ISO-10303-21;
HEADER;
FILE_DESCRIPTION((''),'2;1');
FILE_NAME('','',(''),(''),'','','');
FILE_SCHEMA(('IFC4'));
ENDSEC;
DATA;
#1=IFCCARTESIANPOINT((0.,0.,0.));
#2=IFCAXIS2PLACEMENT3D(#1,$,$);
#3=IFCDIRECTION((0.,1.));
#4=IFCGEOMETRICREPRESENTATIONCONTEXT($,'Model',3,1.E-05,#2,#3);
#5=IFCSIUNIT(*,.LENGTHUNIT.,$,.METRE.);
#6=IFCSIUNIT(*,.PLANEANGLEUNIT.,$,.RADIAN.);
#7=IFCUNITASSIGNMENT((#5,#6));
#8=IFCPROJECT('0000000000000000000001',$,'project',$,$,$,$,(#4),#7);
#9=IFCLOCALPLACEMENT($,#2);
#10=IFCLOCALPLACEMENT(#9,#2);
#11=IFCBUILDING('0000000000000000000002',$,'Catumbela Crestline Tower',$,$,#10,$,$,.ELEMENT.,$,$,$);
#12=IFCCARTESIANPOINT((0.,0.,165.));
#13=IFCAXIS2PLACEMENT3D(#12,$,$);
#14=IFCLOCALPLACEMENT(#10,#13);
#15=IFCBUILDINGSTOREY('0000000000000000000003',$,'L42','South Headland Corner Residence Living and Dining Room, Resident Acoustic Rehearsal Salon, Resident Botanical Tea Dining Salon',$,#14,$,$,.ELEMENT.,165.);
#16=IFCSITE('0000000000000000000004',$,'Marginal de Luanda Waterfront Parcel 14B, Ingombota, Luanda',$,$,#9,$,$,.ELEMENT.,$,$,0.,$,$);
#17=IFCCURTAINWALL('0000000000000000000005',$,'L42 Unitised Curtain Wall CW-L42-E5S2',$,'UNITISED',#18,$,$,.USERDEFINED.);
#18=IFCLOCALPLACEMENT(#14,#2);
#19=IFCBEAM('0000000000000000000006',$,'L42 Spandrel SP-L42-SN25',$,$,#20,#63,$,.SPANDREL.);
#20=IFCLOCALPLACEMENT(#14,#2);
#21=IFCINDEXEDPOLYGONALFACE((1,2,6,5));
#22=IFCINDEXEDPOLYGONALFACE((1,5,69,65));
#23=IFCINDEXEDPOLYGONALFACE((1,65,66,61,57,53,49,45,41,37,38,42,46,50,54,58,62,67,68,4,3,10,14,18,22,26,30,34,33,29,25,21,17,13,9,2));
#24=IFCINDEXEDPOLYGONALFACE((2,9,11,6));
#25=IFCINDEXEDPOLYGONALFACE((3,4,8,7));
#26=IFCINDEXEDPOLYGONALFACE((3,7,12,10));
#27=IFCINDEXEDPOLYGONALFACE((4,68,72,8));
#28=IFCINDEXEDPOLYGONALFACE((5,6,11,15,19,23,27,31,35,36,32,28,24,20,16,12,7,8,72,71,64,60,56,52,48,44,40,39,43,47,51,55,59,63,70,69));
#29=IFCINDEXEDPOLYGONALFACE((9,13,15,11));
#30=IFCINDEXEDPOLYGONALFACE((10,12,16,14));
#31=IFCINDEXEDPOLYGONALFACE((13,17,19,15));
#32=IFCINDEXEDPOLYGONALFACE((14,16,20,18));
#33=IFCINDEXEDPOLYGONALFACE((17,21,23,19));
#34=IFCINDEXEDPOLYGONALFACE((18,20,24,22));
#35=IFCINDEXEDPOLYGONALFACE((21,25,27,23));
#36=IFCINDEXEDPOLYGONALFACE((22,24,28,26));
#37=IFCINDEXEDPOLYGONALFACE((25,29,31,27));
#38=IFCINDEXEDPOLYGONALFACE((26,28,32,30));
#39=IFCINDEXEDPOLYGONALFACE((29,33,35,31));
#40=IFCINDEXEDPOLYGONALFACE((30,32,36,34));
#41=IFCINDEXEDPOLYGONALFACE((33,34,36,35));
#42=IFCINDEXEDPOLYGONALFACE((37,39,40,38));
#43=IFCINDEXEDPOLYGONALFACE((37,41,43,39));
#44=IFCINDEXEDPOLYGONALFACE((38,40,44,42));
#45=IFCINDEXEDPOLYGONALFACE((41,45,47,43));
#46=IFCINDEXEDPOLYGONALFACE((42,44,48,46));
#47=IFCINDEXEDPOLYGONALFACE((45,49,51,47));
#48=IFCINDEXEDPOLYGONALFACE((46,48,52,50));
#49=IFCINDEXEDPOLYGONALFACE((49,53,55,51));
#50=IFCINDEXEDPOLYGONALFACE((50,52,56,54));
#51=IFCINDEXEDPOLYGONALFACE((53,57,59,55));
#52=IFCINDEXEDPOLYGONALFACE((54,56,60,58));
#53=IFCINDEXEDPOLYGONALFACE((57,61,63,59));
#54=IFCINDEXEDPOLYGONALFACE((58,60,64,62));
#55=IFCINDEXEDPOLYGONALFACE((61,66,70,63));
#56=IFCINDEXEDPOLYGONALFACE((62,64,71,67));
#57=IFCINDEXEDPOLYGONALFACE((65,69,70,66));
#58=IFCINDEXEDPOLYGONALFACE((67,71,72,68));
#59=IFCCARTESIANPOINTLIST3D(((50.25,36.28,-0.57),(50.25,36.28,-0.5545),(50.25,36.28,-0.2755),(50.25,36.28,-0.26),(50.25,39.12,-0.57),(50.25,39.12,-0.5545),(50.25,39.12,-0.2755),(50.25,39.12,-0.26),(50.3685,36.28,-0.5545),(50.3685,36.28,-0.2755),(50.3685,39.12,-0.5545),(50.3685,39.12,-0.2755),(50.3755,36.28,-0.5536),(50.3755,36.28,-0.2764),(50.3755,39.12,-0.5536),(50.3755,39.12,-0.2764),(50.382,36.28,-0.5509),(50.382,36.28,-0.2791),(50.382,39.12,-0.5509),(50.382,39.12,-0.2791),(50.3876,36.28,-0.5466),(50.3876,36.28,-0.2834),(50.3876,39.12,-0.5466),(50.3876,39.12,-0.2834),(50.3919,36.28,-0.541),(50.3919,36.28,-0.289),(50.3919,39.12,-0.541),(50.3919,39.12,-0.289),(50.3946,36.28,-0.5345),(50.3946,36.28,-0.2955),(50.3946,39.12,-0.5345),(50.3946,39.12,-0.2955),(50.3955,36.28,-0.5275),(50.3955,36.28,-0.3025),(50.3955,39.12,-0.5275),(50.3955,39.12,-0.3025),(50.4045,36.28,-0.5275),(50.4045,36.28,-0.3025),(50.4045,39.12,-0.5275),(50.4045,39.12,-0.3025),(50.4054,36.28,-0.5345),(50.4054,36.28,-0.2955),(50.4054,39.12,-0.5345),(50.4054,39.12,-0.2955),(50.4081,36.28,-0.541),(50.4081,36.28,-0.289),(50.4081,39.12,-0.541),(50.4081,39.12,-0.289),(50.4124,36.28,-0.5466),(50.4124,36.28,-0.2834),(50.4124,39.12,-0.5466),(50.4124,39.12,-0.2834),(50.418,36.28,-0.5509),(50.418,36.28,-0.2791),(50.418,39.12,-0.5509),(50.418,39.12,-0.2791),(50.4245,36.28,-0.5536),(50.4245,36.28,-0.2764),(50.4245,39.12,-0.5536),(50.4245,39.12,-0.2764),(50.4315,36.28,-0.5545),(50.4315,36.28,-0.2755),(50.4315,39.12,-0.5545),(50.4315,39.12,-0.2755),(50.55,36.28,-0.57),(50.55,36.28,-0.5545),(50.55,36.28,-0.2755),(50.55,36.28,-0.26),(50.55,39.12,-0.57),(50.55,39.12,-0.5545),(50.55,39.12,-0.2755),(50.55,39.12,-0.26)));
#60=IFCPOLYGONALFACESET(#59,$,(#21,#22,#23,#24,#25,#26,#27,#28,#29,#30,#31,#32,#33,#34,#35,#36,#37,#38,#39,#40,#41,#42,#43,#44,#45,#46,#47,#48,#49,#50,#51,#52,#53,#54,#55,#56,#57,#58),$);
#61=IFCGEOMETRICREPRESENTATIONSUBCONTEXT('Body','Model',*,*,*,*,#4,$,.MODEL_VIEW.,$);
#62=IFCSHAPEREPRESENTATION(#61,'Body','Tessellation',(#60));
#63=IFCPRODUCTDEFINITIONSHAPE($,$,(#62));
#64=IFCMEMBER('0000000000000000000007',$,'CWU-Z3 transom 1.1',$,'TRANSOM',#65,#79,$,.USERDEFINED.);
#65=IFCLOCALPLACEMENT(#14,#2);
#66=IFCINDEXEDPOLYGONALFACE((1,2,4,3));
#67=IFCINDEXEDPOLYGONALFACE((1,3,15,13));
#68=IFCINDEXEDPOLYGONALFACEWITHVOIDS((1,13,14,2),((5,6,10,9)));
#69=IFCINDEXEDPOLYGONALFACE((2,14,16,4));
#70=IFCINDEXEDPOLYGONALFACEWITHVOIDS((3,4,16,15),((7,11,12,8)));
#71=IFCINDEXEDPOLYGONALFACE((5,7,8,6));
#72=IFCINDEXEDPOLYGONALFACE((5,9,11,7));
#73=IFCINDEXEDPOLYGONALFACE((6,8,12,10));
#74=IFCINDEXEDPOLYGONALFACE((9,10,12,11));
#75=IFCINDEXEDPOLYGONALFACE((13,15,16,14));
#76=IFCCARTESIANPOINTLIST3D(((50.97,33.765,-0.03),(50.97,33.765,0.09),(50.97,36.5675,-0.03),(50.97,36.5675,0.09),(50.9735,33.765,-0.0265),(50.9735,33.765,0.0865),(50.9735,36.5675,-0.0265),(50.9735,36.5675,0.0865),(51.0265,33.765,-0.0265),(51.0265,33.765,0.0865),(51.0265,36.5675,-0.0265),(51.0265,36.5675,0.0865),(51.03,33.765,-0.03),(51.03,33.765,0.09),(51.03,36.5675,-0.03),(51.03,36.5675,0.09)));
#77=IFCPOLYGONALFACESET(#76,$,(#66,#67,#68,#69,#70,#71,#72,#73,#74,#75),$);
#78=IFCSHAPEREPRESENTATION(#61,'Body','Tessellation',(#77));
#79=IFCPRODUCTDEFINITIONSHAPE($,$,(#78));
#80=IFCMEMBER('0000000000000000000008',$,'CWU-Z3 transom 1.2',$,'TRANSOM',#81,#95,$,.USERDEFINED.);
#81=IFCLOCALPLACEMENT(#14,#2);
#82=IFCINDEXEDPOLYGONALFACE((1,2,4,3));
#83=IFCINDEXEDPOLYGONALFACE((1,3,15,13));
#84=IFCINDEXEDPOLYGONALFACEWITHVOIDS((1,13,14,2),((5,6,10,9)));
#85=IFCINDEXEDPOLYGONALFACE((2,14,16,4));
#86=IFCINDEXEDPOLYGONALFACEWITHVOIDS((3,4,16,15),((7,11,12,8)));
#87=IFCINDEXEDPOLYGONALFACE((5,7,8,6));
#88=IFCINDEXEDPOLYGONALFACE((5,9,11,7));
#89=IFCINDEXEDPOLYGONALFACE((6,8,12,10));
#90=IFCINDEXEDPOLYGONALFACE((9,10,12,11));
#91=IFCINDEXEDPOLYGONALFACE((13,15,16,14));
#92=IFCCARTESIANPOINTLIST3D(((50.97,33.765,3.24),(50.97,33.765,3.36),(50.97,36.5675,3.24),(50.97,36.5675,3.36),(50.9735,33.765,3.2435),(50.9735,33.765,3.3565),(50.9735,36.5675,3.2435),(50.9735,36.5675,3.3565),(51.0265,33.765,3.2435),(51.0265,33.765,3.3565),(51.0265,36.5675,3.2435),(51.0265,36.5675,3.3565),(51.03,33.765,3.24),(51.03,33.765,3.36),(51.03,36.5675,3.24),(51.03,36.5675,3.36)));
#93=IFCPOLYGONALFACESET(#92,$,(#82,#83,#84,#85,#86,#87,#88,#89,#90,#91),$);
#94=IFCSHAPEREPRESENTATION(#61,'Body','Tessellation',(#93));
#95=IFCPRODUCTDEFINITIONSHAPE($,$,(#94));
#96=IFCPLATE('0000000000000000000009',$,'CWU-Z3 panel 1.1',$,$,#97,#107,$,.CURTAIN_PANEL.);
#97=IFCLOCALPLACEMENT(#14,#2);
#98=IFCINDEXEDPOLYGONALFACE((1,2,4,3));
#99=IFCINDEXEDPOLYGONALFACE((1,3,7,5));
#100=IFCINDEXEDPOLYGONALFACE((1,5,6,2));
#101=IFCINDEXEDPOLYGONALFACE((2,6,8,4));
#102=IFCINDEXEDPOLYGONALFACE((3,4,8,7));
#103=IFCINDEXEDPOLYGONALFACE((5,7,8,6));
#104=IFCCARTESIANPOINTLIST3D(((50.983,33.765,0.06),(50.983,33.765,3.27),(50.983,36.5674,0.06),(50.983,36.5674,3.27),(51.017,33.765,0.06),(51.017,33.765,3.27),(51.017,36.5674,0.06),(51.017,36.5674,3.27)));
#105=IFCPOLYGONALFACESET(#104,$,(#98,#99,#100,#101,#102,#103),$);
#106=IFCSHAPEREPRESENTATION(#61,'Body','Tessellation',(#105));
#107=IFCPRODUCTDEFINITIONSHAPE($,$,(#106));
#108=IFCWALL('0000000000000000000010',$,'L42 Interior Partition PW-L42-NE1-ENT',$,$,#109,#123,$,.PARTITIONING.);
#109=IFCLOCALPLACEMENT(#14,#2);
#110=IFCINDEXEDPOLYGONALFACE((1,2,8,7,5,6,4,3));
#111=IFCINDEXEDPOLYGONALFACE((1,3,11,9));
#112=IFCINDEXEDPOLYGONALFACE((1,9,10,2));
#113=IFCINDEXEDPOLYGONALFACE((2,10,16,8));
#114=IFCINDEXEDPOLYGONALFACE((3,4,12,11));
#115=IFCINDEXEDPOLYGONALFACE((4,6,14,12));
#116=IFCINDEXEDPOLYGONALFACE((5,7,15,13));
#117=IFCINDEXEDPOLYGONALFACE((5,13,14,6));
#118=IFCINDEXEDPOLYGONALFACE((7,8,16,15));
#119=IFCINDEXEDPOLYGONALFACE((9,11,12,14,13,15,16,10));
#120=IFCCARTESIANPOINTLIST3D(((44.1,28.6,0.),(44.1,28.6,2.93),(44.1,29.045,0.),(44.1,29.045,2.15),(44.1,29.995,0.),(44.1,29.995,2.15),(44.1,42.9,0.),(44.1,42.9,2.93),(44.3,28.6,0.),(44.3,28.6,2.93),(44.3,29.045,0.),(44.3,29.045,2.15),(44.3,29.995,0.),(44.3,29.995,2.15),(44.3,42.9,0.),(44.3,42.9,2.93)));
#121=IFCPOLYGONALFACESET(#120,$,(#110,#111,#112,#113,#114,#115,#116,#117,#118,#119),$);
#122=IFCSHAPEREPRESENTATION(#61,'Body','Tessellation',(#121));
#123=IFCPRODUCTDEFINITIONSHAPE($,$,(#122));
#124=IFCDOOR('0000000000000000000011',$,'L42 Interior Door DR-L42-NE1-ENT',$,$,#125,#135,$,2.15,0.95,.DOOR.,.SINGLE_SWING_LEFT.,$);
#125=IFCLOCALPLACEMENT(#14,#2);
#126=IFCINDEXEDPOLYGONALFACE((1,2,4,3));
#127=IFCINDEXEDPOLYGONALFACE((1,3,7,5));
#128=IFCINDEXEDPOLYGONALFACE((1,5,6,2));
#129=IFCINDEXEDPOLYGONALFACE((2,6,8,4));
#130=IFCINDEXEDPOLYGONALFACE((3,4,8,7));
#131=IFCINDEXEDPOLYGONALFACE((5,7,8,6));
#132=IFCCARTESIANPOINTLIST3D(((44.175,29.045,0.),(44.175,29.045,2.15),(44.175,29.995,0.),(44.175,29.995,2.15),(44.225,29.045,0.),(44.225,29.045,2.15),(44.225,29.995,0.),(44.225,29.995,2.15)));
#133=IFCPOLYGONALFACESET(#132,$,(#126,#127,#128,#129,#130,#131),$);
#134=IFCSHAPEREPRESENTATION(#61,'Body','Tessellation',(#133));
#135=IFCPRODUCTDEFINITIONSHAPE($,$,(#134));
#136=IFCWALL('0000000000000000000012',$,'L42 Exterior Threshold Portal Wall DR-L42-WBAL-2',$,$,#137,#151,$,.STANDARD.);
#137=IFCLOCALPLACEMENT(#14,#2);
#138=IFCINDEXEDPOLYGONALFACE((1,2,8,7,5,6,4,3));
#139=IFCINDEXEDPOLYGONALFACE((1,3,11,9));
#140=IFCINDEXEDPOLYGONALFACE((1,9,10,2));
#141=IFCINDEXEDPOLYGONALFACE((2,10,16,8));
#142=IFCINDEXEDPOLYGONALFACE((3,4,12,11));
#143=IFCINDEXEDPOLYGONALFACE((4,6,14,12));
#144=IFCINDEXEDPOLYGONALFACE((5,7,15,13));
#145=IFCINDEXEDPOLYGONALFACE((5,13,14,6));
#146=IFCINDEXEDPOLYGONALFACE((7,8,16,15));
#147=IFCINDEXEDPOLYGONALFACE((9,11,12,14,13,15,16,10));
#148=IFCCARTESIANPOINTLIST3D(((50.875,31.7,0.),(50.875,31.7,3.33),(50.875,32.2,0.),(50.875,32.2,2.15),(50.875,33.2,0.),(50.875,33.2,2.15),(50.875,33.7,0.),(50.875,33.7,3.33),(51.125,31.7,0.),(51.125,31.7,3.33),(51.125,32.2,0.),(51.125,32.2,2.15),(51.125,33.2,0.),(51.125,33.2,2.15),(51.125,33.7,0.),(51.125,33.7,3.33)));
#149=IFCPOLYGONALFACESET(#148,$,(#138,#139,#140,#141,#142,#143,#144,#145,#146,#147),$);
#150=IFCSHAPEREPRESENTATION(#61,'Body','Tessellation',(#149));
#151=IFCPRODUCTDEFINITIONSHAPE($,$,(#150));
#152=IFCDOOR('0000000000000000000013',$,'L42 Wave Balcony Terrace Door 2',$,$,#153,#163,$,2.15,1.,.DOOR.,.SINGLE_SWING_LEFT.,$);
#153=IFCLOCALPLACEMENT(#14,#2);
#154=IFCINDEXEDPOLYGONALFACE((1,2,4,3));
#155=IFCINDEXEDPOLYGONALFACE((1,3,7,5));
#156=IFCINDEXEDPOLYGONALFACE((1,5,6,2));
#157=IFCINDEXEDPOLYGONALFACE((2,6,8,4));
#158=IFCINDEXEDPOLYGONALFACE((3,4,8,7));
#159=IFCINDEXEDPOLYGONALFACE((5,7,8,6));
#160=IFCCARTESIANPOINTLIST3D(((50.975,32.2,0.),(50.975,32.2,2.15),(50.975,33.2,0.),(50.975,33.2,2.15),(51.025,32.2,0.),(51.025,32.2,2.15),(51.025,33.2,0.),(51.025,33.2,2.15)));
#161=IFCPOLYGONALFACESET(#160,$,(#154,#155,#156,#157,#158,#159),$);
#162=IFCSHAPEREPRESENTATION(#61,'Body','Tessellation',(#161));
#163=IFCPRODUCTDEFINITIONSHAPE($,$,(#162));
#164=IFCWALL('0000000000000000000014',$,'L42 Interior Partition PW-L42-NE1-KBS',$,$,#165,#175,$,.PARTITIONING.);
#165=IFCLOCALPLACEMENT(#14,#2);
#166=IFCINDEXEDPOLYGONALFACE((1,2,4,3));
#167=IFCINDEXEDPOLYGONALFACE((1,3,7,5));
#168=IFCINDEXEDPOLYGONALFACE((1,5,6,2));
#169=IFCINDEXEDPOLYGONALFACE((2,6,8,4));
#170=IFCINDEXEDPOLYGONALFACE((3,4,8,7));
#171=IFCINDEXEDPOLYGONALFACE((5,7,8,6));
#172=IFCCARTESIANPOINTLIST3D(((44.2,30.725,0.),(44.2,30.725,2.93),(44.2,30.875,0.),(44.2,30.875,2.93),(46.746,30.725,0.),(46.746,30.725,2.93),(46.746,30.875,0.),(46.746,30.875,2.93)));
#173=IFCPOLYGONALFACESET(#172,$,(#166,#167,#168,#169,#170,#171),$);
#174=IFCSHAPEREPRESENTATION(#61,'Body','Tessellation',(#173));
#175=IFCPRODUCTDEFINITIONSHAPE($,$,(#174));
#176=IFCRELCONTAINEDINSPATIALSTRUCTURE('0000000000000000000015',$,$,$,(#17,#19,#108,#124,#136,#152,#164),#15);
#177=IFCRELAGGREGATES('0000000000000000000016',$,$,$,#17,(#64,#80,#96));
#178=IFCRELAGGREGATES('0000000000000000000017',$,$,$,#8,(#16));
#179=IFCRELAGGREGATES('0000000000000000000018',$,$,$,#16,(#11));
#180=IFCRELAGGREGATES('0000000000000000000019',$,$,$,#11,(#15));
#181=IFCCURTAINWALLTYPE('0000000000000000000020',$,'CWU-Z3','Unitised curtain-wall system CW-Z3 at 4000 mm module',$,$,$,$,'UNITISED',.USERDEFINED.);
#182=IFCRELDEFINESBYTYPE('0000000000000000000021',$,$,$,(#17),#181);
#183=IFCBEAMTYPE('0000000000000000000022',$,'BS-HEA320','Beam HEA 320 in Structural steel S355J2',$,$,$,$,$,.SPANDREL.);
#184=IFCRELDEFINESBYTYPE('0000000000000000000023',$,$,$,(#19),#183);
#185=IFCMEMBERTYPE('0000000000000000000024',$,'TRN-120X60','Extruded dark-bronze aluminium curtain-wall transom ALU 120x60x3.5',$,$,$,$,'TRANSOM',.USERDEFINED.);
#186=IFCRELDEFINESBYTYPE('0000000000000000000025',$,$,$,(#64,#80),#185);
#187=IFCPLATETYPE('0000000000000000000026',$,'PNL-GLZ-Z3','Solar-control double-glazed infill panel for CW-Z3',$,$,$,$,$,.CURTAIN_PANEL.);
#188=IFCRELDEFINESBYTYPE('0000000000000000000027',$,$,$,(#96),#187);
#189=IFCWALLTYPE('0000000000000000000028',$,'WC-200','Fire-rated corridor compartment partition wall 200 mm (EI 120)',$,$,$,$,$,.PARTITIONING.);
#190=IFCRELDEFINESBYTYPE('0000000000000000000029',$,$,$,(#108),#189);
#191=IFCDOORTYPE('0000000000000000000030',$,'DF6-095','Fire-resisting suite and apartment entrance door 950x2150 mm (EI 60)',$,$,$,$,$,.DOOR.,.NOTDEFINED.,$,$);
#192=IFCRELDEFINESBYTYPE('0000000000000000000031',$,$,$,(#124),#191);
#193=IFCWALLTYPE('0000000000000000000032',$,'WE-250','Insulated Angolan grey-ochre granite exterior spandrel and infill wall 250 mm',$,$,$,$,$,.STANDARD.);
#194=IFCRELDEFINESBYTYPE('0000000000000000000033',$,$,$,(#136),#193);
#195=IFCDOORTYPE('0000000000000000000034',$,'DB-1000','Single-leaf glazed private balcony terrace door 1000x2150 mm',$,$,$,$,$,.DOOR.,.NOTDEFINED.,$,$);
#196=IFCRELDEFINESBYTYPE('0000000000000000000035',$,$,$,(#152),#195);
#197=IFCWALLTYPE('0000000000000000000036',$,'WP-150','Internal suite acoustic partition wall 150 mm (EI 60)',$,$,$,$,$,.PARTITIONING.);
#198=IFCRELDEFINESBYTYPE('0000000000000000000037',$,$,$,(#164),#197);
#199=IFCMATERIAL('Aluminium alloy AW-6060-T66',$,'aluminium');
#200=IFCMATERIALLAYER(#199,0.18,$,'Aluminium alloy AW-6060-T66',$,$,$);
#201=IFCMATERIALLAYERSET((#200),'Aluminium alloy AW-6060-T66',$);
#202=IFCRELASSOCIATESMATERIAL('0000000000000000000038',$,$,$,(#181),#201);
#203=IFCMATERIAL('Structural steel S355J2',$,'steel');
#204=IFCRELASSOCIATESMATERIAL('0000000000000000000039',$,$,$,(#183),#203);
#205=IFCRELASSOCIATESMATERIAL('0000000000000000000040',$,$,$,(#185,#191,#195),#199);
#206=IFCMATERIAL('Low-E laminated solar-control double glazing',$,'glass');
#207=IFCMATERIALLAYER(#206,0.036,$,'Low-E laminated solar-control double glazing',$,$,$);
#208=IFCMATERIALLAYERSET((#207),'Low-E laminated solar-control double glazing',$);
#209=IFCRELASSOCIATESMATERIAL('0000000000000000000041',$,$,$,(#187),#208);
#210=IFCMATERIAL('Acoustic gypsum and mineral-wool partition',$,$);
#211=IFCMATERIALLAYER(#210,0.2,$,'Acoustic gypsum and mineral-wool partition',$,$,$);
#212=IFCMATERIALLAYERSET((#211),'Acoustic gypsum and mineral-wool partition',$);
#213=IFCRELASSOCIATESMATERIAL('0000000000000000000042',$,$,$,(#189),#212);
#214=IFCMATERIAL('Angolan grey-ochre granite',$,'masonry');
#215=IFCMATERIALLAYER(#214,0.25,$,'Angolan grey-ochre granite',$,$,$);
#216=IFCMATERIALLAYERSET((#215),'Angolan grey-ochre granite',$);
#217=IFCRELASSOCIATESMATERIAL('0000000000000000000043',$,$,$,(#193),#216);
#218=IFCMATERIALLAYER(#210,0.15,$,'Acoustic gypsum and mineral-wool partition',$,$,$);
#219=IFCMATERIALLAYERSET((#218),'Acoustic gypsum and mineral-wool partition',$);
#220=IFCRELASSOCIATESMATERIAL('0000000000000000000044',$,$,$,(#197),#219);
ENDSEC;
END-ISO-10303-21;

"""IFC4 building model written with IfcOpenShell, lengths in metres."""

from ifc_helpers import new_model, si_unit, direction, frame, frame_2d, origin, origin_2d, place, context, subcontext, project, spatial, rectangle, hollow_rectangle, i_section, extrude, material, layer, layer_set, material_profile, profile_set, type_object, element, fill, aggregate, save


model = new_model("IFC4")

# Units and contexts
model_context = context("Model", 3, precision=1e-05, world=origin(), true_north=direction((0.0, 1.0)))
body_context = subcontext(model_context, "Body", "Model", "MODEL_VIEW")
ifc_project = project(units=[si_unit("LENGTHUNIT", "METRE"), si_unit("PLANEANGLEUNIT", "RADIAN")], contexts=[model_context])

# Site, building, storey
site_placement = place(None, origin())
site = spatial("IfcSite", under=ifc_project, at=site_placement, Name="Marginal de Luanda Waterfront Parcel 14B, Ingombota, Luanda", CompositionType="ELEMENT", RefElevation=0.0)
building_placement = place(site_placement, origin())
building = spatial("IfcBuilding", under=site, at=building_placement, Name="Catumbela Crestline Tower", CompositionType="ELEMENT")
storey_placement = place(building_placement, frame((0.0, 0.0, 165.0)))
storey = spatial("IfcBuildingStorey", under=building, at=storey_placement, Name="L42", Description="South Headland Corner Residence Living and Dining Room, Resident Acoustic Rehearsal Salon, Resident Botanical Tea Dining Salon", CompositionType="ELEMENT", Elevation=165.0)

# Shared definitions
ifc_material_1 = material(Name="Structural steel S355J2", Category="steel")

# Curtain wall
ifc_material_2 = material(Name="Aluminium alloy AW-6060-T66", Category="aluminium")
ifc_layer_1 = layer(ifc_material_2, 0.18, Name="Aluminium alloy AW-6060-T66")
ifc_layer_set_1 = layer_set([ifc_layer_1], Name="Aluminium alloy AW-6060-T66")
curtain_wall_type = type_object("IfcCurtainWallType", Name="CWU-Z3", Description="Unitised curtain-wall system CW-Z3 at 4000 mm module", ElementType="UNITISED", PredefinedType="USERDEFINED", material=ifc_layer_set_1)
curtain_wall_placement = place(storey_placement, origin())
curtain_wall = element("IfcCurtainWall", 1, at=curtain_wall_placement, inside=storey, type_object=curtain_wall_type, Name="L42 Unitised Curtain Wall CW-L42-E5S2", ObjectType="UNITISED", PredefinedType="USERDEFINED")

# Beam
ifc_material_profile_1 = material_profile(ifc_material_1, i_section(OverallWidth=0.3, OverallDepth=0.31, WebThickness=0.009, FlangeThickness=0.0155, FilletRadius=0.027, at=origin_2d()), Name="HEA 320")
ifc_profile_set_1 = profile_set([ifc_material_profile_1], Name="Structural steel S355J2")
beam_type_1 = type_object("IfcBeamType", Name="BS-HEA320", Description="Beam HEA 320 in Structural steel S355J2", PredefinedType="SPANDREL", material=ifc_profile_set_1)
beam_1_placement = place(storey_placement, frame((50.4, 36.28, -0.415), z_axis=(0.0, 1.0, 0.0), x_axis=(-1.0, 0.0, 0.0)))
element("IfcBeam", 2, at=beam_1_placement, inside=storey, type_object=beam_type_1, Name="L42 Spandrel SP-L42-SN25", PredefinedType="SPANDREL", context=body_context, shape_type="SweptSolid", body=[
    extrude(i_section(OverallWidth=0.3, OverallDepth=0.31, WebThickness=0.009, FlangeThickness=0.0155, FilletRadius=0.027, at=origin_2d()), origin(), (0.0, 0.0, 1.0), 2.84),
])

# Members
ifc_material_profile_2 = material_profile(ifc_material_2, hollow_rectangle(XDim=0.06, YDim=0.12, WallThickness=0.0035, at=origin_2d()), Name="ALU 120x60x3.5")
ifc_profile_set_2 = profile_set([ifc_material_profile_2], Name="Aluminium alloy AW-6060-T66")
member_type_1 = type_object("IfcMemberType", Name="TRN-120X60", Description="Extruded dark-bronze aluminium curtain-wall transom ALU 120x60x3.5", ElementType="TRANSOM", PredefinedType="USERDEFINED", material=ifc_profile_set_2)
member_1_placement = place(storey_placement, frame((51.0, 33.765, 0.03), z_axis=(0.0, 1.0, 0.0), x_axis=(-1.0, 0.0, 0.0)))
member_1 = element("IfcMember", 3, at=member_1_placement, type_object=member_type_1, Name="CWU-Z3 transom 1.1", ObjectType="TRANSOM", PredefinedType="USERDEFINED", context=body_context, shape_type="SweptSolid", body=[
    extrude(hollow_rectangle(XDim=0.06, YDim=0.12, WallThickness=0.0035, at=origin_2d()), origin(), (0.0, 0.0, 1.0), 2.8025),
])
member_2_placement = place(storey_placement, frame((51.0, 33.765, 3.3), z_axis=(0.0, 1.0, 0.0), x_axis=(-1.0, 0.0, 0.0)))
member_2 = element("IfcMember", 4, at=member_2_placement, type_object=member_type_1, Name="CWU-Z3 transom 1.2", ObjectType="TRANSOM", PredefinedType="USERDEFINED", context=body_context, shape_type="SweptSolid", body=[
    extrude(hollow_rectangle(XDim=0.06, YDim=0.12, WallThickness=0.0035, at=origin_2d()), origin(), (0.0, 0.0, 1.0), 2.8025),
])

# Plate
ifc_material_3 = material(Name="Low-E laminated solar-control double glazing", Category="glass")
ifc_layer_2 = layer(ifc_material_3, 0.036, Name="Low-E laminated solar-control double glazing")
ifc_layer_set_2 = layer_set([ifc_layer_2], Name="Low-E laminated solar-control double glazing")
plate_type = type_object("IfcPlateType", Name="PNL-GLZ-Z3", Description="Solar-control double-glazed infill panel for CW-Z3", PredefinedType="CURTAIN_PANEL", material=ifc_layer_set_2)
plate_placement = place(storey_placement, frame((51.0, 35.1662, 0.06), z_axis=(0.0, 0.0, 1.0), x_axis=(0.0, 1.0, 0.0)))
plate = element("IfcPlate", 5, at=plate_placement, type_object=plate_type, Name="CWU-Z3 panel 1.1", PredefinedType="CURTAIN_PANEL", context=body_context, shape_type="SweptSolid", body=[
    extrude(rectangle(XDim=2.8025, YDim=0.034, at=origin_2d()), origin(), (0.0, 0.0, 1.0), 3.21),
])
aggregate(curtain_wall, [member_1, member_2, plate])

# Walls, openings, doors
ifc_material_4 = material(Name="Acoustic gypsum and mineral-wool partition")
ifc_layer_3 = layer(ifc_material_4, 0.2, Name="Acoustic gypsum and mineral-wool partition")
ifc_layer_set_3 = layer_set([ifc_layer_3], Name="Acoustic gypsum and mineral-wool partition")
wall_type_1 = type_object("IfcWallType", Name="WC-200", Description="Fire-rated corridor compartment partition wall 200 mm (EI 120)", PredefinedType="PARTITIONING", material=ifc_layer_set_3)
wall_1_placement = place(storey_placement, frame((44.2, 28.6, 0.0), z_axis=(0.0, 0.0, 1.0), x_axis=(0.0, 1.0, 0.0)))
wall_1 = element("IfcWall", 6, at=wall_1_placement, inside=storey, type_object=wall_type_1, Name="L42 Interior Partition PW-L42-NE1-ENT", PredefinedType="PARTITIONING", context=body_context, shape_type="SweptSolid", body=[
    extrude(rectangle(XDim=14.3, YDim=0.2, at=frame_2d((7.15, 0.0))), origin(), (0.0, 0.0, 1.0), 2.93),
])
opening_1_placement = place(wall_1_placement, frame((0.445, 0.0, 0.0)))
opening_1 = element("IfcOpeningElement", 7, at=opening_1_placement, cuts=wall_1, PredefinedType="OPENING", context=body_context, shape_type="SweptSolid", body=[
    extrude(rectangle(XDim=0.95, YDim=2.15, at=frame_2d((0.475, 1.075))), frame((0.0, 0.11, 0.0), z_axis=(0.0, -1.0, 0.0), x_axis=(1.0, 0.0, 0.0)), (0.0, 0.0, 1.0), 0.22),
])
door_type_1 = type_object("IfcDoorType", Name="DF6-095", Description="Fire-resisting suite and apartment entrance door 950x2150 mm (EI 60)", OperationType="NOTDEFINED", PredefinedType="DOOR", material=ifc_material_2)
door_1_placement = place(opening_1_placement, origin())
door_1 = element("IfcDoor", 8, at=door_1_placement, inside=storey, type_object=door_type_1, Name="L42 Interior Door DR-L42-NE1-ENT", OperationType="SINGLE_SWING_LEFT", OverallHeight=2.15, OverallWidth=0.95, PredefinedType="DOOR", context=body_context, shape_type="SweptSolid", body=[
    extrude(rectangle(XDim=0.95, YDim=2.15, at=frame_2d((0.475, 1.075))), frame((0.0, 0.025, 0.0), z_axis=(0.0, -1.0, 0.0), x_axis=(1.0, 0.0, 0.0)), (0.0, 0.0, 1.0), 0.05),
])
fill(opening_1, door_1)
ifc_material_5 = material(Name="Angolan grey-ochre granite", Category="masonry")
ifc_layer_4 = layer(ifc_material_5, 0.25, Name="Angolan grey-ochre granite")
ifc_layer_set_4 = layer_set([ifc_layer_4], Name="Angolan grey-ochre granite")
wall_type_2 = type_object("IfcWallType", Name="WE-250", Description="Insulated Angolan grey-ochre granite exterior spandrel and infill wall 250 mm", PredefinedType="STANDARD", material=ifc_layer_set_4)
wall_2_placement = place(storey_placement, frame((51.0, 31.7, 0.0), z_axis=(0.0, 0.0, 1.0), x_axis=(0.0, 1.0, 0.0)))
wall_2 = element("IfcWall", 9, at=wall_2_placement, inside=storey, type_object=wall_type_2, Name="L42 Exterior Threshold Portal Wall DR-L42-WBAL-2", PredefinedType="STANDARD", context=body_context, shape_type="SweptSolid", body=[
    extrude(rectangle(XDim=2.0, YDim=0.25, at=frame_2d((1.0, 0.0))), origin(), (0.0, 0.0, 1.0), 3.33),
])
opening_2_placement = place(wall_2_placement, frame((0.5, 0.0, 0.0)))
opening_2 = element("IfcOpeningElement", 10, at=opening_2_placement, cuts=wall_2, PredefinedType="OPENING", context=body_context, shape_type="SweptSolid", body=[
    extrude(rectangle(XDim=1.0, YDim=2.15, at=frame_2d((0.5, 1.075))), frame((0.0, 0.135, 0.0), z_axis=(0.0, -1.0, 0.0), x_axis=(1.0, 0.0, 0.0)), (0.0, 0.0, 1.0), 0.27),
])
door_type_2 = type_object("IfcDoorType", Name="DB-1000", Description="Single-leaf glazed private balcony terrace door 1000x2150 mm", OperationType="NOTDEFINED", PredefinedType="DOOR", material=ifc_material_2)
door_2_placement = place(opening_2_placement, origin())
door_2 = element("IfcDoor", 11, at=door_2_placement, inside=storey, type_object=door_type_2, Name="L42 Wave Balcony Terrace Door 2", OperationType="SINGLE_SWING_LEFT", OverallHeight=2.15, OverallWidth=1.0, PredefinedType="DOOR", context=body_context, shape_type="SweptSolid", body=[
    extrude(rectangle(XDim=1.0, YDim=2.15, at=frame_2d((0.5, 1.075))), frame((0.0, 0.025, 0.0), z_axis=(0.0, -1.0, 0.0), x_axis=(1.0, 0.0, 0.0)), (0.0, 0.0, 1.0), 0.05),
])
fill(opening_2, door_2)

# Wall
ifc_layer_5 = layer(ifc_material_4, 0.15, Name="Acoustic gypsum and mineral-wool partition")
ifc_layer_set_5 = layer_set([ifc_layer_5], Name="Acoustic gypsum and mineral-wool partition")
wall_type_3 = type_object("IfcWallType", Name="WP-150", Description="Internal suite acoustic partition wall 150 mm (EI 60)", PredefinedType="PARTITIONING", material=ifc_layer_set_5)
for number, where, z_axis, x_axis, name in (
    (12, (44.2, 30.8, 0.0), (0.0, 0.0, 1.0), (1.0, 0.0, 0.0), "L42 Interior Partition PW-L42-NE1-KBS"),
):
    element("IfcWall", number, at=place(storey_placement, frame(where, z_axis=z_axis, x_axis=x_axis)), inside=storey, type_object=wall_type_3, Name=name, PredefinedType="PARTITIONING", context=body_context, shape_type="SweptSolid", body=[
        extrude(rectangle(XDim=2.546, YDim=0.15, at=frame_2d((1.273, 0.0))), origin(), (0.0, 0.0, 1.0), 2.93),
    ])

save(model, "model.ifc")
